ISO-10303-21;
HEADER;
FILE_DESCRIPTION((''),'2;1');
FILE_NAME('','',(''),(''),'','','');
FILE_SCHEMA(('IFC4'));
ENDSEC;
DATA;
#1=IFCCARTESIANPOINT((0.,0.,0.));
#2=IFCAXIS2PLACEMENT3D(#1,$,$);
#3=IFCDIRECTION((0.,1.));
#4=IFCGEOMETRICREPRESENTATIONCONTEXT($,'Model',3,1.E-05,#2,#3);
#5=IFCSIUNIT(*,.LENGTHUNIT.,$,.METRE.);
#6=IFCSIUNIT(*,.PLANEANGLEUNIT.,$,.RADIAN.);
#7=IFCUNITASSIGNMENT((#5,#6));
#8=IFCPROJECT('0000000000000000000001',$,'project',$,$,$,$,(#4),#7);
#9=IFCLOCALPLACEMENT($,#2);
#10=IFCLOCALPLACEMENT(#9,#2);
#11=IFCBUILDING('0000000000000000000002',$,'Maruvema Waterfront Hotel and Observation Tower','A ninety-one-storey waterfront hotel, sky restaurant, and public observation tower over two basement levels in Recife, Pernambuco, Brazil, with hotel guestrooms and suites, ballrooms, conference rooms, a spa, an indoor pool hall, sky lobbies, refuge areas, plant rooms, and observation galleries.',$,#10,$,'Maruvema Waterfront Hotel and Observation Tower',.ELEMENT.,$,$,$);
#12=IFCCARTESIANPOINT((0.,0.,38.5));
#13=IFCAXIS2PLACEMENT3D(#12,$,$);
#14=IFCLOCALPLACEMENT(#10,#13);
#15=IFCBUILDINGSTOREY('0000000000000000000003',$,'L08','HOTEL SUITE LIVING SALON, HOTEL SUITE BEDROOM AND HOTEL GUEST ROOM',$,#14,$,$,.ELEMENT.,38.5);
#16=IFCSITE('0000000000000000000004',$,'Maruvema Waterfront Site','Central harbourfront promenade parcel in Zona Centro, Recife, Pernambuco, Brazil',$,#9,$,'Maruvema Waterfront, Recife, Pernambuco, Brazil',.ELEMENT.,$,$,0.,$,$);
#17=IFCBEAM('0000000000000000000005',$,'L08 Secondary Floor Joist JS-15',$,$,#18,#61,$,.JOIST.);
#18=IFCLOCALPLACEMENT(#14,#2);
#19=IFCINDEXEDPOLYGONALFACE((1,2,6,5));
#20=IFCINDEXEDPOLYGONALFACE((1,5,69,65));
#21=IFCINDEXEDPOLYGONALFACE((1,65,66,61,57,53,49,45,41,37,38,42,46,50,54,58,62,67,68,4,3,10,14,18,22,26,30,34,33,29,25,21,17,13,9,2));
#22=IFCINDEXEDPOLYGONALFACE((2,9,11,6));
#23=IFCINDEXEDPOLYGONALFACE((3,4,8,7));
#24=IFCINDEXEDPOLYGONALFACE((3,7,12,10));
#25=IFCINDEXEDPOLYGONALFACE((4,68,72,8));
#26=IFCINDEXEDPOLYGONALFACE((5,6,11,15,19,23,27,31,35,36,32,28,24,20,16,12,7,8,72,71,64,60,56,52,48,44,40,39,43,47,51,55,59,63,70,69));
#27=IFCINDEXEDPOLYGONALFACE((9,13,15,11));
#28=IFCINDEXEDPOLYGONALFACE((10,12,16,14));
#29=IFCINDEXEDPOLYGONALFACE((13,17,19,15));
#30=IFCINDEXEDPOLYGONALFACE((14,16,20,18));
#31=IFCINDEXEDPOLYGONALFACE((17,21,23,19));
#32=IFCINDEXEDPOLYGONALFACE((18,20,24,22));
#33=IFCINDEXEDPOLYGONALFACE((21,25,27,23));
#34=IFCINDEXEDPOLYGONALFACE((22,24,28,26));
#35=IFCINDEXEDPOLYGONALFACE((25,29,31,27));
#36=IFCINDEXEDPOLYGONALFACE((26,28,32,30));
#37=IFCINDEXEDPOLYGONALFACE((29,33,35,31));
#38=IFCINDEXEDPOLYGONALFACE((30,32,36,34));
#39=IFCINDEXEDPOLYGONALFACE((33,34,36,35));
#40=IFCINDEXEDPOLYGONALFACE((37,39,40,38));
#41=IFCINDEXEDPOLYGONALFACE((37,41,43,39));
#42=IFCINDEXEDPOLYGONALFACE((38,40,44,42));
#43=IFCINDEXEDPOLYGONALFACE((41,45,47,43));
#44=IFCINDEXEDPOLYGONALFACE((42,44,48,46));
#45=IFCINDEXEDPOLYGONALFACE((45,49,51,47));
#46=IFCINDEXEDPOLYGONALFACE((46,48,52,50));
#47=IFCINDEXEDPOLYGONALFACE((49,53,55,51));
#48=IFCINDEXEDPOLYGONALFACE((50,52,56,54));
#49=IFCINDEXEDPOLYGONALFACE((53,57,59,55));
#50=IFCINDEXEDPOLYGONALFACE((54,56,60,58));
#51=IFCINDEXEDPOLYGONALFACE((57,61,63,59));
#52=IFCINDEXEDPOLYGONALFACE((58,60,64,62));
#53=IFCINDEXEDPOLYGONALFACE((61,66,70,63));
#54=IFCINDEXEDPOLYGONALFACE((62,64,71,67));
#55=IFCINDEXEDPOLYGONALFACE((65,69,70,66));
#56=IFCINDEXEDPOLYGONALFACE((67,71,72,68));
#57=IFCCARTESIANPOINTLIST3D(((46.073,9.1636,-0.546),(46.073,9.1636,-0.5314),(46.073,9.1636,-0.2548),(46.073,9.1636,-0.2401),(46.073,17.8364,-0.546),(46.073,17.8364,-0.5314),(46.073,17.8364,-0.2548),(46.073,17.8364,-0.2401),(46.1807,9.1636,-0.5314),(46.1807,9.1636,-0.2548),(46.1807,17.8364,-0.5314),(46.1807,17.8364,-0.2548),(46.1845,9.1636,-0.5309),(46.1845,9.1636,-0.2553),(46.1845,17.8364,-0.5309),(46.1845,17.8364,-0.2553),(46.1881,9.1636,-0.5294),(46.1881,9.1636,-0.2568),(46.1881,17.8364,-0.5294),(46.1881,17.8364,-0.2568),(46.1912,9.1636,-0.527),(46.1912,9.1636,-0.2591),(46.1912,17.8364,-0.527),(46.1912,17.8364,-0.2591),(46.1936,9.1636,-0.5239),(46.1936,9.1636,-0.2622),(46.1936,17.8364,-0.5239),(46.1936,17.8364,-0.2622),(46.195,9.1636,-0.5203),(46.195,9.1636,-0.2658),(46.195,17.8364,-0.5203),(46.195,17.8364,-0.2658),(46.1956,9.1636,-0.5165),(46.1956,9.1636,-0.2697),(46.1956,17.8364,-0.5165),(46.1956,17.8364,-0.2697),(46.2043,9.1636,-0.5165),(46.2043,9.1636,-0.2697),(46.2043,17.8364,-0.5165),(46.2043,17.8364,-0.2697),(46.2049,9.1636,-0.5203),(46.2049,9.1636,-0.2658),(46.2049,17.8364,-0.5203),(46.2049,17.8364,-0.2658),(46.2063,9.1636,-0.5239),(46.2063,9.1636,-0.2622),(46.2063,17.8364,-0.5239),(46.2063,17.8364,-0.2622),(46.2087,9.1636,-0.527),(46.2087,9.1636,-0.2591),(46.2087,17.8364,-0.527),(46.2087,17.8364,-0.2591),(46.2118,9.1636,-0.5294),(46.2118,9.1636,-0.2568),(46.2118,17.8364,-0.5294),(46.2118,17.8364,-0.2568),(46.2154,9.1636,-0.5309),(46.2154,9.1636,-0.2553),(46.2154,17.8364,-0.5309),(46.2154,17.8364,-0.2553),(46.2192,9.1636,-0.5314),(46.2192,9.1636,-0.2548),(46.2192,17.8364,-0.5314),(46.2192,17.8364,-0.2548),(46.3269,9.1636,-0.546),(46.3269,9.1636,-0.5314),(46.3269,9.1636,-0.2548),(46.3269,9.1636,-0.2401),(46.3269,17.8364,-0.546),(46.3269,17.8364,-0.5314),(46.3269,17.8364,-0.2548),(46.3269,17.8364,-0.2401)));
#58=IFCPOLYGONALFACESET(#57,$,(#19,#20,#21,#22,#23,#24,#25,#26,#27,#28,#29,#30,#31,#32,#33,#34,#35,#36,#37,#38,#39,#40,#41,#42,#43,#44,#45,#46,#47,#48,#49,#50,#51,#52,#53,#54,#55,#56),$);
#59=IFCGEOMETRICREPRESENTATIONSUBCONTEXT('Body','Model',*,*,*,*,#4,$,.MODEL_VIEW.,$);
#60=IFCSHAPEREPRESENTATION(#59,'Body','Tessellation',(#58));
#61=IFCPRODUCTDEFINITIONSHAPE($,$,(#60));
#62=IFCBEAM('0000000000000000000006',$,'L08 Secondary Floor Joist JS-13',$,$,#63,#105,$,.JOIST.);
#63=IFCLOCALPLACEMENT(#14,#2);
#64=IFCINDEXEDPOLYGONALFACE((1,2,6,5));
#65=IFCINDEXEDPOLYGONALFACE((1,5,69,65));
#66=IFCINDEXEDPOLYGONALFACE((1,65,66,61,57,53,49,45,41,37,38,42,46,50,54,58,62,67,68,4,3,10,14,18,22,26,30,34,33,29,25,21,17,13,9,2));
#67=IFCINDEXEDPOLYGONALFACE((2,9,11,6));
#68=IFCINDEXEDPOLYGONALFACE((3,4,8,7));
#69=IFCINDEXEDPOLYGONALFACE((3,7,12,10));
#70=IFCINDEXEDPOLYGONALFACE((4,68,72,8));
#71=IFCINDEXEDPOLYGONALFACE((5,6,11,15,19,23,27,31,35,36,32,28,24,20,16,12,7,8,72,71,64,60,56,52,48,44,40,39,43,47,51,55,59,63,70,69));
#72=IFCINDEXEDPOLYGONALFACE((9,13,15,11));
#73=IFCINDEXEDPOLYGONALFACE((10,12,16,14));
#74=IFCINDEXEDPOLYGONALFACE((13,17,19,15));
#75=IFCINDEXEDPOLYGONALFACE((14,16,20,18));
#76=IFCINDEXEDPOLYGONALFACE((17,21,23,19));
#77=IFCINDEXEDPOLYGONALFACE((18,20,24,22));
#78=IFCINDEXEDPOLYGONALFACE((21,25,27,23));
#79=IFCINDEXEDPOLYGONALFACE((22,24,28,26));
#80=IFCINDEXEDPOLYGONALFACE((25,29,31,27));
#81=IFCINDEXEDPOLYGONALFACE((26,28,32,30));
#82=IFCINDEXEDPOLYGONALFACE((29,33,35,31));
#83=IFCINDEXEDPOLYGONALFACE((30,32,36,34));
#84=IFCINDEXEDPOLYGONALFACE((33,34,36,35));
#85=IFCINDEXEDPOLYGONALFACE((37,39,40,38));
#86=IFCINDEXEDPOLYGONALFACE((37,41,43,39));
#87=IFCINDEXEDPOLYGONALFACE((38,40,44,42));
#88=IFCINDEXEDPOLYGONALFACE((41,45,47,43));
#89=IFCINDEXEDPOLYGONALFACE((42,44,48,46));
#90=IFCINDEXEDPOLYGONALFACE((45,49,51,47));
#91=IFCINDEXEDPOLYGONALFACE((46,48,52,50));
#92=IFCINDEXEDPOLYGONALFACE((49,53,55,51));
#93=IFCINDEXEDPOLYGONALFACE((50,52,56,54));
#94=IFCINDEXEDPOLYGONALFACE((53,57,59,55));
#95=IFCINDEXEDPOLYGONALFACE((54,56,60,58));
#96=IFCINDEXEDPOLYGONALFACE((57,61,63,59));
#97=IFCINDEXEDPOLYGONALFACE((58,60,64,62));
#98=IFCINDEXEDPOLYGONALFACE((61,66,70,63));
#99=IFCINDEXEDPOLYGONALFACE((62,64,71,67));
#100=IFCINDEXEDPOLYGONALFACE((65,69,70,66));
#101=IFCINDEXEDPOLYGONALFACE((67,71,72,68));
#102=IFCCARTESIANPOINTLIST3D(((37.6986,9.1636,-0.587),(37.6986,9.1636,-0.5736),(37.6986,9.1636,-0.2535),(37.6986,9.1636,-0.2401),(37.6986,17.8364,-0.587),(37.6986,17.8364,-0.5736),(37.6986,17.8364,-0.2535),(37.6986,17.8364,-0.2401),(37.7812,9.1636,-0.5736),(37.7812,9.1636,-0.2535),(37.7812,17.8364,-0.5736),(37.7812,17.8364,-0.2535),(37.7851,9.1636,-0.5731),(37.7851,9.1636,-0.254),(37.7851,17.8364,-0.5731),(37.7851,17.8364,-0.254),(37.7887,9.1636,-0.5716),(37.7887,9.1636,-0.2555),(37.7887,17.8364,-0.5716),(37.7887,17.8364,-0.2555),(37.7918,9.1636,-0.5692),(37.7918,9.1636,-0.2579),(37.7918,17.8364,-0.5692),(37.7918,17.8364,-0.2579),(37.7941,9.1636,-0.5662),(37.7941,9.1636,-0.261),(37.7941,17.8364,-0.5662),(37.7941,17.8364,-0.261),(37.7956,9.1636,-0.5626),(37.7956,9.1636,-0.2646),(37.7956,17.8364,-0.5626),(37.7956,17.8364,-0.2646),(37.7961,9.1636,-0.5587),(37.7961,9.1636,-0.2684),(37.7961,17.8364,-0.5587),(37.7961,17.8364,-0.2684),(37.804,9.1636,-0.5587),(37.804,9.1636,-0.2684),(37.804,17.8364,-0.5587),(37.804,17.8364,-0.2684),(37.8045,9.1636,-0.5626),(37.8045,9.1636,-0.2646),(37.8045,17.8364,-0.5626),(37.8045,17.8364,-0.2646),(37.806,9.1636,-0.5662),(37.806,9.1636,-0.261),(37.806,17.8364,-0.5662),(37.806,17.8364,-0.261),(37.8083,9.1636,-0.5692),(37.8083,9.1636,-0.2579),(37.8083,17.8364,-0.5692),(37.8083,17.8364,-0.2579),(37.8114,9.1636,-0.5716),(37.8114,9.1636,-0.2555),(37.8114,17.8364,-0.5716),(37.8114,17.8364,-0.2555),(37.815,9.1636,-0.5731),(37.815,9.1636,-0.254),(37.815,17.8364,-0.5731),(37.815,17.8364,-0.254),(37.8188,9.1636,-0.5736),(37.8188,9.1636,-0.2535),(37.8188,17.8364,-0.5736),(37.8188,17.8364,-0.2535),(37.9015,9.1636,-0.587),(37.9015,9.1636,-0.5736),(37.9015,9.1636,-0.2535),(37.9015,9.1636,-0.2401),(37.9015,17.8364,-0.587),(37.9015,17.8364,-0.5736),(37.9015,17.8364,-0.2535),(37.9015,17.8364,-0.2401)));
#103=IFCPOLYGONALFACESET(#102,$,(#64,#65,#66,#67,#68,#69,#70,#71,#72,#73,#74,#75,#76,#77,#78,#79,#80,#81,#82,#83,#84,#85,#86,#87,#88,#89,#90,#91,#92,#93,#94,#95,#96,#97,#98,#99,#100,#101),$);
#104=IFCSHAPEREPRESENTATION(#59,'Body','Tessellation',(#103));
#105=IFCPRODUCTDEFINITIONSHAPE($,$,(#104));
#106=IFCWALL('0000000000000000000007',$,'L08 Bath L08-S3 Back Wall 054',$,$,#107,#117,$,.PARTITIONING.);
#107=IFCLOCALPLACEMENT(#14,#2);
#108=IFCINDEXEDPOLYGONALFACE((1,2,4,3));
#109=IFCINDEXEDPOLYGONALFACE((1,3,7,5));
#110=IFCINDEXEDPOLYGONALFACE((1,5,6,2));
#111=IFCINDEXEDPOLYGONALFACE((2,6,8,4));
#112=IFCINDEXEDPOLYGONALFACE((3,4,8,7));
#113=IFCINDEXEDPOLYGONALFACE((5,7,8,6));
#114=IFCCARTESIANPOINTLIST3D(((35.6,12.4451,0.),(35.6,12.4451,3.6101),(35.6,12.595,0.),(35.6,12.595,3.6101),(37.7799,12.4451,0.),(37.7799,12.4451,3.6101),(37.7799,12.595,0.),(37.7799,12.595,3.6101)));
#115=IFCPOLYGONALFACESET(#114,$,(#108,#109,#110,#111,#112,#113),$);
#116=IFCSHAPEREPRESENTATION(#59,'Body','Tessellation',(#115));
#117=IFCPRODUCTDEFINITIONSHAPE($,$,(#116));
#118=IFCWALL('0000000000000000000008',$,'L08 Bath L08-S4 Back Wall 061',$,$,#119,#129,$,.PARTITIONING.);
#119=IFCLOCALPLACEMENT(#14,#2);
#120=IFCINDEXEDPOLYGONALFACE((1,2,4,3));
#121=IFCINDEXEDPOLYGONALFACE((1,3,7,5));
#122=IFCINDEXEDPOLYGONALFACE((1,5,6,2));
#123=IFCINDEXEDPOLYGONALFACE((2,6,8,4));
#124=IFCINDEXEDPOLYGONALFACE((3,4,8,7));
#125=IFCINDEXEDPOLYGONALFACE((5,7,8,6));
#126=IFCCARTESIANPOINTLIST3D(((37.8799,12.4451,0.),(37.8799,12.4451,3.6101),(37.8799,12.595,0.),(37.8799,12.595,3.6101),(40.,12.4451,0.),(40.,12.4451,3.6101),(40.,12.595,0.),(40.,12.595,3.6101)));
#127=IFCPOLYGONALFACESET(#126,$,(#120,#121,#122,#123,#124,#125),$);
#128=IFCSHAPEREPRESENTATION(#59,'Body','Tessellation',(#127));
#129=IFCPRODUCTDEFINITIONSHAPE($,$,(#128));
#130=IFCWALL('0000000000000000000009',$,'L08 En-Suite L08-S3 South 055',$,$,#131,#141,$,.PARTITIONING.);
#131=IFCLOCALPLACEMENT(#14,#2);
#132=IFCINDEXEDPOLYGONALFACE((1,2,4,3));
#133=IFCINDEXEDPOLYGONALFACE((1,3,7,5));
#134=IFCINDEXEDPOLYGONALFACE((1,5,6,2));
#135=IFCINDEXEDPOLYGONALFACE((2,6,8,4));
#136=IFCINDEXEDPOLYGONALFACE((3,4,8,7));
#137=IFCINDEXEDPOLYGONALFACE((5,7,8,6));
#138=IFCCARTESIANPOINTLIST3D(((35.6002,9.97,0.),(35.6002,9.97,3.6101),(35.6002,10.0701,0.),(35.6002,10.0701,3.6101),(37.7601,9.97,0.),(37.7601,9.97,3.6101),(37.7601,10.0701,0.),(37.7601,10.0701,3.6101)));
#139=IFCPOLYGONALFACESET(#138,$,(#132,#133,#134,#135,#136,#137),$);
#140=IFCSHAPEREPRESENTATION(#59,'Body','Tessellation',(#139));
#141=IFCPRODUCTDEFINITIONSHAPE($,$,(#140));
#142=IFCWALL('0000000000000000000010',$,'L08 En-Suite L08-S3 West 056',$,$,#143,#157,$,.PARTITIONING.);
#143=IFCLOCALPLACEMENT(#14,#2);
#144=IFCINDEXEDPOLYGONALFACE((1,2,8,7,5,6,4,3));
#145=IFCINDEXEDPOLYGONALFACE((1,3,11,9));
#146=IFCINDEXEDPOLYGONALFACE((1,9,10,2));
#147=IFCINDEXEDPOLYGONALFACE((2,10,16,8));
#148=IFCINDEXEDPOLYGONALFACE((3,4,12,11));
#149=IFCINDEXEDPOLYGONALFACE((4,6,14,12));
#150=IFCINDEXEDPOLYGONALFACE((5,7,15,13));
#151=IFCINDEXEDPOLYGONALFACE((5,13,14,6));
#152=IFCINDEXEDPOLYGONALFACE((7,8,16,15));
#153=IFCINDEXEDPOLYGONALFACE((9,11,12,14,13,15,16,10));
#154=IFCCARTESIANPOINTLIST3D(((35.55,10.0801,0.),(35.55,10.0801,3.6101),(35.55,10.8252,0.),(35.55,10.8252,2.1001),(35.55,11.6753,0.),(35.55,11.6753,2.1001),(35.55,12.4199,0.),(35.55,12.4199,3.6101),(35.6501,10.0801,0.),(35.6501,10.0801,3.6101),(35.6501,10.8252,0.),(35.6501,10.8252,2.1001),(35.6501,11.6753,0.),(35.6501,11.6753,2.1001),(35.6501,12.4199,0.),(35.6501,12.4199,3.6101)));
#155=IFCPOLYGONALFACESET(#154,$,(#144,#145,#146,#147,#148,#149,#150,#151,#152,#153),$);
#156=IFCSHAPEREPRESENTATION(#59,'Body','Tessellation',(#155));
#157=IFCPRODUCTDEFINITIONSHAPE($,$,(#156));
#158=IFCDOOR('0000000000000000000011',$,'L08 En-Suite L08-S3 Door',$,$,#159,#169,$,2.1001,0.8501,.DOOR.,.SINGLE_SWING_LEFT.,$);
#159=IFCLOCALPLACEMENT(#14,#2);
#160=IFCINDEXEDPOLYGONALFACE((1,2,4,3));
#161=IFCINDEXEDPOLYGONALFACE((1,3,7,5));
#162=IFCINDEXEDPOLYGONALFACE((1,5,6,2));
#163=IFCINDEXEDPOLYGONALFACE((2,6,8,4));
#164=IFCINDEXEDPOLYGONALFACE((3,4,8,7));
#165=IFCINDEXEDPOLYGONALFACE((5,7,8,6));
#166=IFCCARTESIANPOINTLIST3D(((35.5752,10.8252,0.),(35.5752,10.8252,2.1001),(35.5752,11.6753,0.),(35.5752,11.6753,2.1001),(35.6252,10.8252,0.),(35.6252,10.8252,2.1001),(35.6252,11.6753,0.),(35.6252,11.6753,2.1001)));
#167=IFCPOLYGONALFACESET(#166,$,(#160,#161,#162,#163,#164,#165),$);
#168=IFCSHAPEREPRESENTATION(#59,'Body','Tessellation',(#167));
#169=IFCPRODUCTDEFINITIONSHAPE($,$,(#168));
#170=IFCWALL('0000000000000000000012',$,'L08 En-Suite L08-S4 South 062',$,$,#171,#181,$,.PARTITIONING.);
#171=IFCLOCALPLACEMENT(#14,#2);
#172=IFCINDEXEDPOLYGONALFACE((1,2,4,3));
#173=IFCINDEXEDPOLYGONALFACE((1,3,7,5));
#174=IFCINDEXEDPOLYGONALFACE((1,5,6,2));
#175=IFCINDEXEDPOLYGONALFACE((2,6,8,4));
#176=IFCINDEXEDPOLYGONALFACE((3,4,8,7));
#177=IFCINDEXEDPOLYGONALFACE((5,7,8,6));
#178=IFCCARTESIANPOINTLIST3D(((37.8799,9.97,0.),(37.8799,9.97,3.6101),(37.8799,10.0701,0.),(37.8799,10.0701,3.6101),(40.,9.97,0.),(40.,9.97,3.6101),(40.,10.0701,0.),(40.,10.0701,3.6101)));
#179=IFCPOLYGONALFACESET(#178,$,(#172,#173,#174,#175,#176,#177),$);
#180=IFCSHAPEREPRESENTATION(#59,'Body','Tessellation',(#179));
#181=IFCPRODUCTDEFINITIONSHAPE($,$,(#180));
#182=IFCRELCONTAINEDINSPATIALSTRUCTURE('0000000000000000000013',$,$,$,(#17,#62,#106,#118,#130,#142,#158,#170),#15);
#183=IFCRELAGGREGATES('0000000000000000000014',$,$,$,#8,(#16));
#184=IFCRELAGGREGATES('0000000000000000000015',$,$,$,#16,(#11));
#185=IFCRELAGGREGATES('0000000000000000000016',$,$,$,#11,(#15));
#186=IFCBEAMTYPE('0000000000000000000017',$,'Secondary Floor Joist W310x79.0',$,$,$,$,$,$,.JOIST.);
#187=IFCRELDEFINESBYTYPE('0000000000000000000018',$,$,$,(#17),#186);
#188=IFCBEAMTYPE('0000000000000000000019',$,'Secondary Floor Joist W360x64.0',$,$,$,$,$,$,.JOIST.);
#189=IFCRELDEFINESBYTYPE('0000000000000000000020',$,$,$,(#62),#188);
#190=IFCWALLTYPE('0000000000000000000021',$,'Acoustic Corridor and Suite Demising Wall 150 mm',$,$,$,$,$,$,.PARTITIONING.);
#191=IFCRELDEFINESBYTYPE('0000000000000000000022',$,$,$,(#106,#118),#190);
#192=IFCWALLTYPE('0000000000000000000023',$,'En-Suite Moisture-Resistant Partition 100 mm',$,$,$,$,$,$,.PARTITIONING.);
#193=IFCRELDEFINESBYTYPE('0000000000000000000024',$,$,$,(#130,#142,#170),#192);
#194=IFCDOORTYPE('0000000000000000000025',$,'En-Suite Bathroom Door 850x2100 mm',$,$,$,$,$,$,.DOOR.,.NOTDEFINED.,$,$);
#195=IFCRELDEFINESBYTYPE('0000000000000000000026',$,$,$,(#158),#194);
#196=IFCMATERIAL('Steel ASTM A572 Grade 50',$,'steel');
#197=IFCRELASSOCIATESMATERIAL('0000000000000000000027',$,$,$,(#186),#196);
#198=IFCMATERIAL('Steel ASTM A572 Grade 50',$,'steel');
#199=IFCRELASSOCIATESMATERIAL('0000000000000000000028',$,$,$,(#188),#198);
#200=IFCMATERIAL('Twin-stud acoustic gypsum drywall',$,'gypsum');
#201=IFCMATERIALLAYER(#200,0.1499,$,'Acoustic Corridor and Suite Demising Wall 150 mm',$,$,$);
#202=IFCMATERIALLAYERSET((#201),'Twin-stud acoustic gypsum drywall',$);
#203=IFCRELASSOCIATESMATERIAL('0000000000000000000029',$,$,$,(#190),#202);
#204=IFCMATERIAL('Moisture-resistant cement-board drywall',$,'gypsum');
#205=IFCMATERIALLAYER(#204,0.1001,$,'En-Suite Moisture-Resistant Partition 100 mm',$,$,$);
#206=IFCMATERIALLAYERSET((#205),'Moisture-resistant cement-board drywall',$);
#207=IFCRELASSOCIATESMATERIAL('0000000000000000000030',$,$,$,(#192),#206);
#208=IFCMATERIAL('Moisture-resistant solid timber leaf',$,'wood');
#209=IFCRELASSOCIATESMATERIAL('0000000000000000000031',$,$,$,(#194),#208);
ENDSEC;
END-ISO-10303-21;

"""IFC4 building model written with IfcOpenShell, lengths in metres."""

from ifc_helpers import new_model, si_unit, direction, frame, frame_2d, origin, origin_2d, place, context, subcontext, project, spatial, rectangle, i_section, extrude, material, layer, layer_set, material_profile, profile_set, type_object, element, fill, save


model = new_model("IFC4")

# Units and contexts
model_context = context("Model", 3, precision=1e-05, world=origin(), true_north=direction((0.0, 1.0)))
body_context = subcontext(model_context, "Body", "Model", "MODEL_VIEW")
ifc_project = project(units=[si_unit("LENGTHUNIT", "METRE"), si_unit("PLANEANGLEUNIT", "RADIAN")], contexts=[model_context])

# Site, building, storey
site_placement = place(None, origin())
site = spatial("IfcSite", under=ifc_project, at=site_placement, Name="Maruvema Waterfront Site", Description="Central harbourfront promenade parcel in Zona Centro, Recife, Pernambuco, Brazil", LongName="Maruvema Waterfront, Recife, Pernambuco, Brazil", CompositionType="ELEMENT", RefElevation=0.0)
building_placement = place(site_placement, origin())
building = spatial("IfcBuilding", under=site, at=building_placement, Name="Maruvema Waterfront Hotel and Observation Tower", Description="A ninety-one-storey waterfront hotel, sky restaurant, and public observation tower over two basement levels in Recife, Pernambuco, Brazil, with hotel guestrooms and suites, ballrooms, conference rooms, a spa, an indoor pool hall, sky lobbies, refuge areas, plant rooms, and observation galleries.", LongName="Maruvema Waterfront Hotel and Observation Tower", CompositionType="ELEMENT")
storey_placement = place(building_placement, frame((0.0, 0.0, 38.5)))
storey = spatial("IfcBuildingStorey", under=building, at=storey_placement, Name="L08", Description="HOTEL SUITE LIVING SALON, HOTEL SUITE BEDROOM AND HOTEL GUEST ROOM", CompositionType="ELEMENT", Elevation=38.5)

# Beams
ifc_material_1 = material(Name="Steel ASTM A572 Grade 50", Category="steel")
ifc_material_profile_1 = material_profile(ifc_material_1, i_section(OverallWidth=0.2539, OverallDepth=0.3059, WebThickness=0.0088, FlangeThickness=0.0146, FilletRadius=0.0149, at=origin_2d()), Name="W310x79.0")
ifc_profile_set_1 = profile_set([ifc_material_profile_1], Name="Steel ASTM A572 Grade 50")
beam_type_1 = type_object("IfcBeamType", Name="Secondary Floor Joist W310x79.0", PredefinedType="JOIST", material=ifc_profile_set_1)
beam_1_placement = place(storey_placement, frame((46.2, 9.1636, -0.3931), z_axis=(0.0, 1.0, 0.0), x_axis=(-1.0, 0.0, 0.0)))
element("IfcBeam", 1, at=beam_1_placement, inside=storey, type_object=beam_type_1, Name="L08 Secondary Floor Joist JS-15", PredefinedType="JOIST", context=body_context, shape_type="SweptSolid", body=[
    extrude(i_section(OverallWidth=0.2539, OverallDepth=0.3059, WebThickness=0.0088, FlangeThickness=0.0146, FilletRadius=0.0149, at=origin_2d()), origin(), (0.0, 0.0, 1.0), 8.6729),
])
ifc_material_2 = material(Name="Steel ASTM A572 Grade 50", Category="steel")
ifc_material_profile_2 = material_profile(ifc_material_2, i_section(OverallWidth=0.2029, OverallDepth=0.3469, WebThickness=0.0078, FlangeThickness=0.0134, FilletRadius=0.0149, at=origin_2d()), Name="W360x64.0")
ifc_profile_set_2 = profile_set([ifc_material_profile_2], Name="Steel ASTM A572 Grade 50")
beam_type_2 = type_object("IfcBeamType", Name="Secondary Floor Joist W360x64.0", PredefinedType="JOIST", material=ifc_profile_set_2)
beam_2_placement = place(storey_placement, frame((37.8, 9.1636, -0.4136), z_axis=(0.0, 1.0, 0.0), x_axis=(-1.0, 0.0, 0.0)))
element("IfcBeam", 2, at=beam_2_placement, inside=storey, type_object=beam_type_2, Name="L08 Secondary Floor Joist JS-13", PredefinedType="JOIST", context=body_context, shape_type="SweptSolid", body=[
    extrude(i_section(OverallWidth=0.2029, OverallDepth=0.3469, WebThickness=0.0078, FlangeThickness=0.0134, FilletRadius=0.0149, at=origin_2d()), origin(), (0.0, 0.0, 1.0), 8.6729),
])

# Walls
ifc_material_3 = material(Name="Twin-stud acoustic gypsum drywall", Category="gypsum")
ifc_layer_1 = layer(ifc_material_3, 0.1499, Name="Acoustic Corridor and Suite Demising Wall 150 mm")
ifc_layer_set_1 = layer_set([ifc_layer_1], Name="Twin-stud acoustic gypsum drywall")
wall_type_1 = type_object("IfcWallType", Name="Acoustic Corridor and Suite Demising Wall 150 mm", PredefinedType="PARTITIONING", material=ifc_layer_set_1)
wall_1_placement = place(storey_placement, frame((35.6001, 12.52, 0.0), z_axis=(0.0, 0.0, 1.0), x_axis=(1.0, 0.0, 0.0)))
element("IfcWall", 3, at=wall_1_placement, inside=storey, type_object=wall_type_1, Name="L08 Bath L08-S3 Back Wall 054", PredefinedType="PARTITIONING", context=body_context, shape_type="SweptSolid", body=[
    extrude(rectangle(XDim=2.1799, YDim=0.1499, at=frame_2d((1.0898, 0.0))), origin(), (0.0, 0.0, 1.0), 3.6101),
])
wall_2_placement = place(storey_placement, frame((37.8799, 12.52, 0.0), z_axis=(0.0, 0.0, 1.0), x_axis=(1.0, 0.0, 0.0)))
element("IfcWall", 4, at=wall_2_placement, inside=storey, type_object=wall_type_1, Name="L08 Bath L08-S4 Back Wall 061", PredefinedType="PARTITIONING", context=body_context, shape_type="SweptSolid", body=[
    extrude(rectangle(XDim=2.1201, YDim=0.1499, at=frame_2d((1.0601, 0.0))), origin(), (0.0, 0.0, 1.0), 3.6101),
])

# Wall
ifc_material_4 = material(Name="Moisture-resistant cement-board drywall", Category="gypsum")
ifc_layer_2 = layer(ifc_material_4, 0.1001, Name="En-Suite Moisture-Resistant Partition 100 mm")
ifc_layer_set_2 = layer_set([ifc_layer_2], Name="Moisture-resistant cement-board drywall")
wall_type_2 = type_object("IfcWallType", Name="En-Suite Moisture-Resistant Partition 100 mm", PredefinedType="PARTITIONING", material=ifc_layer_set_2)
wall_3_placement = place(storey_placement, frame((35.6001, 10.02, 0.0), z_axis=(0.0, 0.0, 1.0), x_axis=(1.0, 0.0, 0.0)))
element("IfcWall", 5, at=wall_3_placement, inside=storey, type_object=wall_type_2, Name="L08 En-Suite L08-S3 South 055", PredefinedType="PARTITIONING", context=body_context, shape_type="SweptSolid", body=[
    extrude(rectangle(XDim=2.1599, YDim=0.1001, at=frame_2d((1.0801, 0.0))), origin(), (0.0, 0.0, 1.0), 3.6101),
])

# Wall, opening, door
wall_4_placement = place(storey_placement, frame((35.6001, 10.0801, 0.0), z_axis=(0.0, 0.0, 1.0), x_axis=(0.0, 1.0, 0.0)))
wall_4 = element("IfcWall", 6, at=wall_4_placement, inside=storey, type_object=wall_type_2, Name="L08 En-Suite L08-S3 West 056", PredefinedType="PARTITIONING", context=body_context, shape_type="SweptSolid", body=[
    extrude(rectangle(XDim=2.3398, YDim=0.1001, at=frame_2d((1.1699, 0.0))), origin(), (0.0, 0.0, 1.0), 3.6101),
])
opening_1_placement = place(wall_4_placement, frame((0.7451, 0.0, 0.0)))
opening_1 = element("IfcOpeningElement", 7, at=opening_1_placement, cuts=wall_4, PredefinedType="OPENING", context=body_context, shape_type="SweptSolid", body=[
    extrude(rectangle(XDim=0.8501, YDim=2.1001, at=frame_2d((0.425, 1.05))), frame((0.0, 0.0601, 0.0), z_axis=(0.0, -1.0, 0.0), x_axis=(1.0, 0.0, 0.0)), (0.0, 0.0, 1.0), 0.1201),
])
ifc_material_5 = material(Name="Moisture-resistant solid timber leaf", Category="wood")
door_type_1 = type_object("IfcDoorType", Name="En-Suite Bathroom Door 850x2100 mm", OperationType="NOTDEFINED", PredefinedType="DOOR", material=ifc_material_5)
door_1_placement = place(opening_1_placement, origin())
door_1 = element("IfcDoor", 8, at=door_1_placement, inside=storey, type_object=door_type_1, Name="L08 En-Suite L08-S3 Door", OperationType="SINGLE_SWING_LEFT", OverallHeight=2.1001, OverallWidth=0.8501, PredefinedType="DOOR", context=body_context, shape_type="SweptSolid", body=[
    extrude(rectangle(XDim=0.8501, YDim=2.1001, at=frame_2d((0.425, 1.05))), frame((0.0, 0.0249, 0.0), z_axis=(0.0, -1.0, 0.0), x_axis=(1.0, 0.0, 0.0)), (0.0, 0.0, 1.0), 0.05),
])
fill(opening_1, door_1)

# Wall
wall_5_placement = place(storey_placement, frame((37.8799, 10.02, 0.0), z_axis=(0.0, 0.0, 1.0), x_axis=(1.0, 0.0, 0.0)))
element("IfcWall", 9, at=wall_5_placement, inside=storey, type_object=wall_type_2, Name="L08 En-Suite L08-S4 South 062", PredefinedType="PARTITIONING", context=body_context, shape_type="SweptSolid", body=[
    extrude(rectangle(XDim=2.1201, YDim=0.1001, at=frame_2d((1.0601, 0.0))), origin(), (0.0, 0.0, 1.0), 3.6101),
])

save(model, "model.ifc")
